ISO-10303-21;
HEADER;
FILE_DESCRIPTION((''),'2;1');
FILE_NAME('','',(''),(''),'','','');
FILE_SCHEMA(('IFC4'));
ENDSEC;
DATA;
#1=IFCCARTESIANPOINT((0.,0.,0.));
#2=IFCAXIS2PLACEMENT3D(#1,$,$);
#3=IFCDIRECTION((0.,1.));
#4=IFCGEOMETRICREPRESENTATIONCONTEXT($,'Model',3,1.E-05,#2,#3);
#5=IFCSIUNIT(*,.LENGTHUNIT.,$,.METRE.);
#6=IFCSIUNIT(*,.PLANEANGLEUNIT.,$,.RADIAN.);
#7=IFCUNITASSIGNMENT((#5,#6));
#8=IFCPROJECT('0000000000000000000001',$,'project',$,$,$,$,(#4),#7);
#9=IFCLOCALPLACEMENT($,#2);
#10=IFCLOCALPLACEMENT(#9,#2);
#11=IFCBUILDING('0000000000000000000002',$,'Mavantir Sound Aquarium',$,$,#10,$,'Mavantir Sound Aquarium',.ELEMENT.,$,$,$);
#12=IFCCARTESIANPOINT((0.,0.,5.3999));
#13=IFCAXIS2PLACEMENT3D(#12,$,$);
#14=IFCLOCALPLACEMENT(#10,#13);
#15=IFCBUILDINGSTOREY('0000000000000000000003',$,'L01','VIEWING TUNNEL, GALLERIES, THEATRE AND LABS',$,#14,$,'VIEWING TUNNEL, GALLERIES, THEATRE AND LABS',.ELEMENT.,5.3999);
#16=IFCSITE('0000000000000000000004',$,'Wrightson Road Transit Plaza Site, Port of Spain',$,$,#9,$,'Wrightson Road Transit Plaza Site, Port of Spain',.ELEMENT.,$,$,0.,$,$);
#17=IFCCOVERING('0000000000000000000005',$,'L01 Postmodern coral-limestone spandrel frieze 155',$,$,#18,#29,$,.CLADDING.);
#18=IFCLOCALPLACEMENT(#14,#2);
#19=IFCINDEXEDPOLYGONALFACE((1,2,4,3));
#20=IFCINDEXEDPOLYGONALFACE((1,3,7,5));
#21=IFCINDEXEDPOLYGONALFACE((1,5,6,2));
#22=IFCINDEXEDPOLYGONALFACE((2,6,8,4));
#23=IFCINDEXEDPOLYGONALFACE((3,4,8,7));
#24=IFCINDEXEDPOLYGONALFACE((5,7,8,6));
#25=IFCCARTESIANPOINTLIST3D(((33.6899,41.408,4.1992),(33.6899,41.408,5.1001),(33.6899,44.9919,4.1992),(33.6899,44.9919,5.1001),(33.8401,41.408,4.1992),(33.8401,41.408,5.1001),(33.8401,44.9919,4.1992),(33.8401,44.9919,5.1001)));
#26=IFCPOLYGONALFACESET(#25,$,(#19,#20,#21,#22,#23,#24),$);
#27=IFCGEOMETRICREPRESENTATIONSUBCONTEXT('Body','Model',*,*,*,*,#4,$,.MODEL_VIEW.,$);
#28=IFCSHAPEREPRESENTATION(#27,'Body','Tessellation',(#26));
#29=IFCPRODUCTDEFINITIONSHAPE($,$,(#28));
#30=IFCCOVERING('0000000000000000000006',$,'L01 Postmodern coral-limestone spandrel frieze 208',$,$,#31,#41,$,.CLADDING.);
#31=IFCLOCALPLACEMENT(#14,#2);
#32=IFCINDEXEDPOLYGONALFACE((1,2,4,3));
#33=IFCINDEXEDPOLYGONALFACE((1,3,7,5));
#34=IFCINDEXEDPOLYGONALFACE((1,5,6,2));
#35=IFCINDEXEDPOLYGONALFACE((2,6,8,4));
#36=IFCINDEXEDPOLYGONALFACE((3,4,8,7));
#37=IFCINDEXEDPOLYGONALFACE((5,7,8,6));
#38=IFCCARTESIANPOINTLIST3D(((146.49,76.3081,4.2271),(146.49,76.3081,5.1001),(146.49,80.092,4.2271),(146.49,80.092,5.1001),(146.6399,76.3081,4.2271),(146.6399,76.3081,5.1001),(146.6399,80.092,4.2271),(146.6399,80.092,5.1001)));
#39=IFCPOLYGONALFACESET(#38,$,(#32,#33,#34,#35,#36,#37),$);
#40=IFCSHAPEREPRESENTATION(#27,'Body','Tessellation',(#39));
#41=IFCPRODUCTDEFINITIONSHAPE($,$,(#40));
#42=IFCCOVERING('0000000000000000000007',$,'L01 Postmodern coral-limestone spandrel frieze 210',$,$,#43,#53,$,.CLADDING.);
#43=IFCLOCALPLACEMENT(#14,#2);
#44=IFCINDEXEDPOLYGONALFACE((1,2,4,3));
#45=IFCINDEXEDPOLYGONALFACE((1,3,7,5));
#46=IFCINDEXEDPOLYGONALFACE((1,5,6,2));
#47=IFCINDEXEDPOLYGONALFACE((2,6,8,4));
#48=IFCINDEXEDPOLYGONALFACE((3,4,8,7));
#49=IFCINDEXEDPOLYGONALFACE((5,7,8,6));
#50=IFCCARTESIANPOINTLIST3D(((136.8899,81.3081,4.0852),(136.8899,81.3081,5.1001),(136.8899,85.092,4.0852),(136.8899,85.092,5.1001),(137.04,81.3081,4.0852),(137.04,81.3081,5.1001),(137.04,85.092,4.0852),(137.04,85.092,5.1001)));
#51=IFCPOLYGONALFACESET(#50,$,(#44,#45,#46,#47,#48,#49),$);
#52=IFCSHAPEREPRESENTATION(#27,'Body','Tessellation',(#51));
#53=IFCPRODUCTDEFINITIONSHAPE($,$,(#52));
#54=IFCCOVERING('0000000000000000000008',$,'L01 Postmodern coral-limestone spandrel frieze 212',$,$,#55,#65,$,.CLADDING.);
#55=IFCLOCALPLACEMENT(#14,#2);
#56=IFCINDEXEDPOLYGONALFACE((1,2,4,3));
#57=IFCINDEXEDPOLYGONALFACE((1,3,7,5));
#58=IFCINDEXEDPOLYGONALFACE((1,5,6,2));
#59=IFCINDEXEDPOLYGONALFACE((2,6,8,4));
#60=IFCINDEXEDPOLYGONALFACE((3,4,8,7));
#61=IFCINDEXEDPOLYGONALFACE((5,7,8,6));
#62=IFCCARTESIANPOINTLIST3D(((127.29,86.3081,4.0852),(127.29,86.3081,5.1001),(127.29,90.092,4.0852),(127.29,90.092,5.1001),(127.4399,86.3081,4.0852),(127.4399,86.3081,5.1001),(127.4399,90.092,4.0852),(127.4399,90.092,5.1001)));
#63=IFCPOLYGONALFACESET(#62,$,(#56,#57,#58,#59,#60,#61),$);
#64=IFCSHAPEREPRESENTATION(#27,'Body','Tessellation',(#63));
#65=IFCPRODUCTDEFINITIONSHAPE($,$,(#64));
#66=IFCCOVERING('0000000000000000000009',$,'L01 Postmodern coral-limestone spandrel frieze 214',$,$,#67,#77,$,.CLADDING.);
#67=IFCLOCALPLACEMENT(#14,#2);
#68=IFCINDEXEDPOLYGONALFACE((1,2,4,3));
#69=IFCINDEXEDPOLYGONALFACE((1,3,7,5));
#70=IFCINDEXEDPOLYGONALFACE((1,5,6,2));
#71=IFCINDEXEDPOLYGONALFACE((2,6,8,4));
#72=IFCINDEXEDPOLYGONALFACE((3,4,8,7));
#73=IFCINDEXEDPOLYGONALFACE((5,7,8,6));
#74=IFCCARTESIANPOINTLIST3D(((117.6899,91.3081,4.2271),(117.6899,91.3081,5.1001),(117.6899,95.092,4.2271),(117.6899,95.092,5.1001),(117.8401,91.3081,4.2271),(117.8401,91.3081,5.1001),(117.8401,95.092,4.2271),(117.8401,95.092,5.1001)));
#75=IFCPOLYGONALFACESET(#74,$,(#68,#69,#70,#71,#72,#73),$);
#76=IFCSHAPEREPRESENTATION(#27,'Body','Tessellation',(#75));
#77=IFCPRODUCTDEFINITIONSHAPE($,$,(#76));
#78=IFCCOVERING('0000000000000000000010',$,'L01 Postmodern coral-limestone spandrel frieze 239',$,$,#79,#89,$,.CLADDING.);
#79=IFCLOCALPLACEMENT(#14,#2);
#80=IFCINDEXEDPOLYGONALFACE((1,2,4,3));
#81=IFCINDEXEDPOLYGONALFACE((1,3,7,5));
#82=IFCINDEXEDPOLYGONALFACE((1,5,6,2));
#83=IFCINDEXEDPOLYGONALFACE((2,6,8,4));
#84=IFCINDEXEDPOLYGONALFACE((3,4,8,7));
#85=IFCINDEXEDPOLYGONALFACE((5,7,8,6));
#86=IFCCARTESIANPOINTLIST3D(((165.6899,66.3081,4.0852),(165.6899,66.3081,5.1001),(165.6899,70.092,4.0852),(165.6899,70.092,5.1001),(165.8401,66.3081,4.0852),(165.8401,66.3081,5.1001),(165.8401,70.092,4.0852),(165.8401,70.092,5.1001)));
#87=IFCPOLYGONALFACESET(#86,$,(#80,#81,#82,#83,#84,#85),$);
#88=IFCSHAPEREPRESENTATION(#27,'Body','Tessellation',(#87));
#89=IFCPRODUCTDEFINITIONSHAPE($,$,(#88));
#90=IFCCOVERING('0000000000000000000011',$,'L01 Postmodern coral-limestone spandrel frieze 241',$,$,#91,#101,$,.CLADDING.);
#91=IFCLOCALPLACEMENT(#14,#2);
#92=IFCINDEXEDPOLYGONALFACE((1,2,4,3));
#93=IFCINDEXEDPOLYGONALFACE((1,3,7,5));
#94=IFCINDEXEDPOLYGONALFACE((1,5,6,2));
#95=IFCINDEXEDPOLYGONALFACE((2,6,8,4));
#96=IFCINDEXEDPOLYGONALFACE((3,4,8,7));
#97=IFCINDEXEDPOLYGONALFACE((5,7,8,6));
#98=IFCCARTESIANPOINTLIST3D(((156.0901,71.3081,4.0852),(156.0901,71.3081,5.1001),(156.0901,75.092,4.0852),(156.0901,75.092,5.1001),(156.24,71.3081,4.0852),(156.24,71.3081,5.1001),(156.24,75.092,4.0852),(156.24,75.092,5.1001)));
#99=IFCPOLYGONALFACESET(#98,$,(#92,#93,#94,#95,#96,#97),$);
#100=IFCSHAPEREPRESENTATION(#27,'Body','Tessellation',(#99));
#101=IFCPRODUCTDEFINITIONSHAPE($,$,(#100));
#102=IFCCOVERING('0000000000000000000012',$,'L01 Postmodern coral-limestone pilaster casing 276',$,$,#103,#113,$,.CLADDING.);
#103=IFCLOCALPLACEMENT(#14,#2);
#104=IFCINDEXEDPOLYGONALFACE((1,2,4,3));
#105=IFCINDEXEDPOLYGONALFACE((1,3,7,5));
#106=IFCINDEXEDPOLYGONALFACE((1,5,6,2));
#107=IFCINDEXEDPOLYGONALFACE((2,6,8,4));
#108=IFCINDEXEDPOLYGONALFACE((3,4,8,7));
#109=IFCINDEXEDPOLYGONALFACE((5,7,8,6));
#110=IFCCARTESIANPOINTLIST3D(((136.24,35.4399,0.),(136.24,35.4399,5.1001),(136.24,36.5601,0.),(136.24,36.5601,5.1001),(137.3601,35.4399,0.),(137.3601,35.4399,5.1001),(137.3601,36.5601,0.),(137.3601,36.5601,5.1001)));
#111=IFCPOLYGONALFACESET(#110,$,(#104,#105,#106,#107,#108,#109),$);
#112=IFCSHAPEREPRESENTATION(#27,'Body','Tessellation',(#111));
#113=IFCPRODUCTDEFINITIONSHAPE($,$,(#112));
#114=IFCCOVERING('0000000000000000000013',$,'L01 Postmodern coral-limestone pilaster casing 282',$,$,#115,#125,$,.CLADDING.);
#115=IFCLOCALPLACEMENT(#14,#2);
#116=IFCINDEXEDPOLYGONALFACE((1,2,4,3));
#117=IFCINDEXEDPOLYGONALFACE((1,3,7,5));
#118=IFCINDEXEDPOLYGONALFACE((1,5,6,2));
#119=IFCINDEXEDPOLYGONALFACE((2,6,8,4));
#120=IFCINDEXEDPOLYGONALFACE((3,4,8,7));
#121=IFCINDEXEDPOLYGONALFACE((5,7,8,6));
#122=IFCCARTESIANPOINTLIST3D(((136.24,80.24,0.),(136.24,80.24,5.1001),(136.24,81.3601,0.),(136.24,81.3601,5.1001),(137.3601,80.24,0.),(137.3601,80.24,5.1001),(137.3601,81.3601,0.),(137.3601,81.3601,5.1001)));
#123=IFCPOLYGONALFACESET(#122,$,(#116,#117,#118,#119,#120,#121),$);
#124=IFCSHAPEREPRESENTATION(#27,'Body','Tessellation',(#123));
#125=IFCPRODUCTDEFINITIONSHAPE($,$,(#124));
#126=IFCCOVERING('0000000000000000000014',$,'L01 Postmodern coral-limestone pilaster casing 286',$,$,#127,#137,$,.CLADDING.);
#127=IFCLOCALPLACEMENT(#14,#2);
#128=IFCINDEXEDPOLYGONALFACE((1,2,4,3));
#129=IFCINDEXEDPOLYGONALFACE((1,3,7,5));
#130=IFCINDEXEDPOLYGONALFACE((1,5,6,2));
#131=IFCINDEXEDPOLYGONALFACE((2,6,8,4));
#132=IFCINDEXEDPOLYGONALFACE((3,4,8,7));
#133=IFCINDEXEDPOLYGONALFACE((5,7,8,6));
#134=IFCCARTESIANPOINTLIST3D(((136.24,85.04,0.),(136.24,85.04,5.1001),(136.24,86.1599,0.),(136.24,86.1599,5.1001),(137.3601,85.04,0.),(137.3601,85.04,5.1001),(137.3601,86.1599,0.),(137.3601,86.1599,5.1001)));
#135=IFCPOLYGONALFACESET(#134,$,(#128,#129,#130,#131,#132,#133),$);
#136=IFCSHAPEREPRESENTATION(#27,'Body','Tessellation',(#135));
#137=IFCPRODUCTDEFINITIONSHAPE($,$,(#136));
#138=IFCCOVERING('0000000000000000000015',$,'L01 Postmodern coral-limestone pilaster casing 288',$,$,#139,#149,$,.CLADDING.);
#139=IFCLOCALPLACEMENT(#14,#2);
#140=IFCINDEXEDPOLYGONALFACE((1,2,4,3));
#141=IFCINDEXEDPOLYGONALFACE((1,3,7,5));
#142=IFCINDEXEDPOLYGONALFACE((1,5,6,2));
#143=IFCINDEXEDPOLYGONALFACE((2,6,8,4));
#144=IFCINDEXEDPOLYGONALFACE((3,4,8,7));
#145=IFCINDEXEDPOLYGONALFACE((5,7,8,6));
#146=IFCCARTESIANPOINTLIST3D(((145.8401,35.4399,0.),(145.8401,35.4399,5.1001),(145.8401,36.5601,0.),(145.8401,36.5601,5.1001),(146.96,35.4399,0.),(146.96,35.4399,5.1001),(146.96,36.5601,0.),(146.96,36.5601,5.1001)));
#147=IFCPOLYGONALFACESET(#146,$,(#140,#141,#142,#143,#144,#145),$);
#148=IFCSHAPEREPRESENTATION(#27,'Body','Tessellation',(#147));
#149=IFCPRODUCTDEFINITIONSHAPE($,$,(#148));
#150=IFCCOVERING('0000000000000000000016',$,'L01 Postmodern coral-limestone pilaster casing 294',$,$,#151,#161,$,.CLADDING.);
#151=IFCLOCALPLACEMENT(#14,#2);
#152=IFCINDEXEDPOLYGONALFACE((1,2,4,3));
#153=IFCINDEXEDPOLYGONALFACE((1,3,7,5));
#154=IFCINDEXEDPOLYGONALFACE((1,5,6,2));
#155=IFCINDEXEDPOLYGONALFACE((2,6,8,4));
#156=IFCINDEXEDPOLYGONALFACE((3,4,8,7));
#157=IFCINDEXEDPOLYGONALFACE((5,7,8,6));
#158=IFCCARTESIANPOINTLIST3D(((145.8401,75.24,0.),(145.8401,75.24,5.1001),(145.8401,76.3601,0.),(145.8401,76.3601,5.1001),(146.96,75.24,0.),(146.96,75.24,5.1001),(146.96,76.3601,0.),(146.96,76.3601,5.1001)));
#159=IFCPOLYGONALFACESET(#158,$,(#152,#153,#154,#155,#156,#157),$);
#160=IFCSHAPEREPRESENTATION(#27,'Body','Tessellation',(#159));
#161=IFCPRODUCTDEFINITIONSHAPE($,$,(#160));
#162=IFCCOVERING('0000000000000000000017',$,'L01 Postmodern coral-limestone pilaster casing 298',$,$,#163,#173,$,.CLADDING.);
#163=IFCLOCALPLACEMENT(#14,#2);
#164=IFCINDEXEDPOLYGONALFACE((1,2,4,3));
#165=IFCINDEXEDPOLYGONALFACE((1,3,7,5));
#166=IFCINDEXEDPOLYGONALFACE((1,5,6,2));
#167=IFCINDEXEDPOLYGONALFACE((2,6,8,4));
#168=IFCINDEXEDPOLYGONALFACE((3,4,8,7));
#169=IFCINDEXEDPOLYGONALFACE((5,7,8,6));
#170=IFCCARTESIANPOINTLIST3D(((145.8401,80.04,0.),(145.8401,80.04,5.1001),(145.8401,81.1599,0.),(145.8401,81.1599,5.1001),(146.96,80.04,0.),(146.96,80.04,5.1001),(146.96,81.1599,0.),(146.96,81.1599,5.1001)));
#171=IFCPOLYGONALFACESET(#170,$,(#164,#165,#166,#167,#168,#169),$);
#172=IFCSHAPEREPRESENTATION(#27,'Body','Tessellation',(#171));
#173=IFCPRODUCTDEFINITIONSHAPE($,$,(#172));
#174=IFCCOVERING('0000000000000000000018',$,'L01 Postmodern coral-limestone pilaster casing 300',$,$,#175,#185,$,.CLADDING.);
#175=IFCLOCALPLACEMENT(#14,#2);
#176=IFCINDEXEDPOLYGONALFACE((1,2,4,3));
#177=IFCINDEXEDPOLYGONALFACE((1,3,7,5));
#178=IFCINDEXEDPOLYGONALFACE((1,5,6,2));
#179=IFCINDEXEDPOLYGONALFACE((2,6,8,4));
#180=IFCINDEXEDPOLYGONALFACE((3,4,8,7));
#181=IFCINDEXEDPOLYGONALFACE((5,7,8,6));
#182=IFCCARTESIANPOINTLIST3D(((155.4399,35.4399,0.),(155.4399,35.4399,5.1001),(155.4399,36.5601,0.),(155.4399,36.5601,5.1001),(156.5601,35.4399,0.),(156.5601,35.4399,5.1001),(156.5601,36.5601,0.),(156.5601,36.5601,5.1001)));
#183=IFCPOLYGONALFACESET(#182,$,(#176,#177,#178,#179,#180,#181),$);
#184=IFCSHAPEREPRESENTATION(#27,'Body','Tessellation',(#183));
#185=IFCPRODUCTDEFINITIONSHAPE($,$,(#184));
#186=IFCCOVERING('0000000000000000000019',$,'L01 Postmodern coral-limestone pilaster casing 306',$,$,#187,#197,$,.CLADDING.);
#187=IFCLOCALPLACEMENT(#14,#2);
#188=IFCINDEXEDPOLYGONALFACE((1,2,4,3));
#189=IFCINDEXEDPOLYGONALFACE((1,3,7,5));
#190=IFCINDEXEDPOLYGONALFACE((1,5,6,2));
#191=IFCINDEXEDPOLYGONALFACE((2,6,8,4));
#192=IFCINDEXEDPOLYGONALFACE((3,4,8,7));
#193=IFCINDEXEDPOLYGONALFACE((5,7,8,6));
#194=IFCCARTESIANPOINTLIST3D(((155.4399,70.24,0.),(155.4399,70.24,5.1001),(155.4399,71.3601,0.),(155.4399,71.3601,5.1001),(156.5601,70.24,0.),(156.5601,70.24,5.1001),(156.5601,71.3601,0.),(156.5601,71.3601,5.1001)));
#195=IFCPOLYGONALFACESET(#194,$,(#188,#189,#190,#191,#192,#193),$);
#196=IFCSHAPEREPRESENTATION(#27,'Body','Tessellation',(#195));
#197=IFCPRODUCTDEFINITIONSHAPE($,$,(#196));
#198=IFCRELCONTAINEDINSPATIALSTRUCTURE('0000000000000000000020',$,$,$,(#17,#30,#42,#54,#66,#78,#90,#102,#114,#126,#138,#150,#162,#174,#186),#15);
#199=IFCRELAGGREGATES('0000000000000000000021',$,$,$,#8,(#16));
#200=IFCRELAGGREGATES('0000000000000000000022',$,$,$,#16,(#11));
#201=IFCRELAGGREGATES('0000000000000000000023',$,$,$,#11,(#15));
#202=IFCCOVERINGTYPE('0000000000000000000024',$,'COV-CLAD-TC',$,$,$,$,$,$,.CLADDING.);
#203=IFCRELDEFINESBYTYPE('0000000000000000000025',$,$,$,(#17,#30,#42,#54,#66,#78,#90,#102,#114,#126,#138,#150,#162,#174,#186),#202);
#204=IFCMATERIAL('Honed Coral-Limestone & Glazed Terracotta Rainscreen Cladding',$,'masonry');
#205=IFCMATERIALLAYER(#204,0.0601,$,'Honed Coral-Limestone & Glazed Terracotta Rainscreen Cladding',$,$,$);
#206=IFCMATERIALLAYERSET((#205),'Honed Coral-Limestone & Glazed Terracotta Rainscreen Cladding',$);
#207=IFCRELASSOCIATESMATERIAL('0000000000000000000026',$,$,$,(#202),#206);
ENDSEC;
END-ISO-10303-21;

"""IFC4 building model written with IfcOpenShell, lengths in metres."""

from ifc_helpers import new_model, si_unit, direction, frame, origin, place, context, subcontext, project, spatial, polyline, outline, extrude, material, layer, layer_set, type_object, element, save


model = new_model("IFC4")

# Units and contexts
model_context = context("Model", 3, precision=1e-05, world=origin(), true_north=direction((0.0, 1.0)))
body_context = subcontext(model_context, "Body", "Model", "MODEL_VIEW")
ifc_project = project(units=[si_unit("LENGTHUNIT", "METRE"), si_unit("PLANEANGLEUNIT", "RADIAN")], contexts=[model_context])

# Site, building, storey
site_placement = place(None, origin())
site = spatial("IfcSite", under=ifc_project, at=site_placement, Name="Wrightson Road Transit Plaza Site, Port of Spain", LongName="Wrightson Road Transit Plaza Site, Port of Spain", CompositionType="ELEMENT", RefElevation=0.0)
building_placement = place(site_placement, origin())
building = spatial("IfcBuilding", under=site, at=building_placement, Name="Mavantir Sound Aquarium", LongName="Mavantir Sound Aquarium", CompositionType="ELEMENT")
storey_placement = place(building_placement, frame((0.0, 0.0, 5.3999)))
storey = spatial("IfcBuildingStorey", under=building, at=storey_placement, Name="L01", Description="VIEWING TUNNEL, GALLERIES, THEATRE AND LABS", LongName="VIEWING TUNNEL, GALLERIES, THEATRE AND LABS", CompositionType="ELEMENT", Elevation=5.3999)

# Coverings
ifc_material = material(Name="Honed Coral-Limestone & Glazed Terracotta Rainscreen Cladding", Category="masonry")
ifc_layer = layer(ifc_material, 0.0601, Name="Honed Coral-Limestone & Glazed Terracotta Rainscreen Cladding")
ifc_layer_set = layer_set([ifc_layer], Name="Honed Coral-Limestone & Glazed Terracotta Rainscreen Cladding")
covering_type = type_object("IfcCoveringType", Name="COV-CLAD-TC", PredefinedType="CLADDING", material=ifc_layer_set)
covering_1_placement = place(storey_placement, frame((0.0, 0.0, 4.1992)))
element("IfcCovering", 1, at=covering_1_placement, inside=storey, type_object=covering_type, Name="L01 Postmodern coral-limestone spandrel frieze 155", PredefinedType="CLADDING", context=body_context, shape_type="SweptSolid", body=[
    extrude(outline(polyline([(33.6899, 41.408), (33.6899, 44.9919), (33.8401, 44.9919), (33.8401, 41.408), (33.6899, 41.408)])), origin(), (0.0, 0.0, 1.0), 0.9009),
])
covering_2_placement = place(storey_placement, frame((0.0, 0.0, 4.2271)))
element("IfcCovering", 2, at=covering_2_placement, inside=storey, type_object=covering_type, Name="L01 Postmodern coral-limestone spandrel frieze 208", PredefinedType="CLADDING", context=body_context, shape_type="SweptSolid", body=[
    extrude(outline(polyline([(146.49, 76.3081), (146.49, 80.092), (146.6399, 80.092), (146.6399, 76.3081), (146.49, 76.3081)])), origin(), (0.0, 0.0, 1.0), 0.873),
])
covering_3_placement = place(storey_placement, frame((0.0, 0.0, 4.0852)))
element("IfcCovering", 3, at=covering_3_placement, inside=storey, type_object=covering_type, Name="L01 Postmodern coral-limestone spandrel frieze 210", PredefinedType="CLADDING", context=body_context, shape_type="SweptSolid", body=[
    extrude(outline(polyline([(136.8899, 81.3081), (136.8899, 85.092), (137.04, 85.092), (137.04, 81.3081), (136.8899, 81.3081)])), origin(), (0.0, 0.0, 1.0), 1.0149),
])
covering_4_placement = place(storey_placement, frame((0.0, 0.0, 4.0852)))
element("IfcCovering", 4, at=covering_4_placement, inside=storey, type_object=covering_type, Name="L01 Postmodern coral-limestone spandrel frieze 212", PredefinedType="CLADDING", context=body_context, shape_type="SweptSolid", body=[
    extrude(outline(polyline([(127.29, 86.3081), (127.29, 90.092), (127.4399, 90.092), (127.4399, 86.3081), (127.29, 86.3081)])), origin(), (0.0, 0.0, 1.0), 1.0149),
])
covering_5_placement = place(storey_placement, frame((0.0, 0.0, 4.2271)))
element("IfcCovering", 5, at=covering_5_placement, inside=storey, type_object=covering_type, Name="L01 Postmodern coral-limestone spandrel frieze 214", PredefinedType="CLADDING", context=body_context, shape_type="SweptSolid", body=[
    extrude(outline(polyline([(117.6899, 91.3081), (117.6899, 95.092), (117.8401, 95.092), (117.8401, 91.3081), (117.6899, 91.3081)])), origin(), (0.0, 0.0, 1.0), 0.873),
])
covering_6_placement = place(storey_placement, frame((0.0, 0.0, 4.0852)))
element("IfcCovering", 6, at=covering_6_placement, inside=storey, type_object=covering_type, Name="L01 Postmodern coral-limestone spandrel frieze 239", PredefinedType="CLADDING", context=body_context, shape_type="SweptSolid", body=[
    extrude(outline(polyline([(165.6899, 66.3081), (165.6899, 70.092), (165.8401, 70.092), (165.8401, 66.3081), (165.6899, 66.3081)])), origin(), (0.0, 0.0, 1.0), 1.0149),
])
covering_7_placement = place(storey_placement, frame((0.0, 0.0, 4.0852)))
element("IfcCovering", 7, at=covering_7_placement, inside=storey, type_object=covering_type, Name="L01 Postmodern coral-limestone spandrel frieze 241", PredefinedType="CLADDING", context=body_context, shape_type="SweptSolid", body=[
    extrude(outline(polyline([(156.0901, 71.3081), (156.0901, 75.092), (156.24, 75.092), (156.24, 71.3081), (156.0901, 71.3081)])), origin(), (0.0, 0.0, 1.0), 1.0149),
])
covering_8_placement = place(storey_placement, origin())
element("IfcCovering", 8, at=covering_8_placement, inside=storey, type_object=covering_type, Name="L01 Postmodern coral-limestone pilaster casing 276", PredefinedType="CLADDING", context=body_context, shape_type="SweptSolid", body=[
    extrude(outline(polyline([(136.24, 35.4399), (137.3601, 35.4399), (137.3601, 36.5601), (136.24, 36.5601), (136.24, 35.4399)])), origin(), (0.0, 0.0, 1.0), 5.1001),
])
covering_9_placement = place(storey_placement, origin())
element("IfcCovering", 9, at=covering_9_placement, inside=storey, type_object=covering_type, Name="L01 Postmodern coral-limestone pilaster casing 282", PredefinedType="CLADDING", context=body_context, shape_type="SweptSolid", body=[
    extrude(outline(polyline([(136.24, 80.24), (137.3601, 80.24), (137.3601, 81.3601), (136.24, 81.3601), (136.24, 80.24)])), origin(), (0.0, 0.0, 1.0), 5.1001),
])
covering_10_placement = place(storey_placement, origin())
element("IfcCovering", 10, at=covering_10_placement, inside=storey, type_object=covering_type, Name="L01 Postmodern coral-limestone pilaster casing 286", PredefinedType="CLADDING", context=body_context, shape_type="SweptSolid", body=[
    extrude(outline(polyline([(136.24, 85.04), (137.3601, 85.04), (137.3601, 86.1599), (136.24, 86.1599), (136.24, 85.04)])), origin(), (0.0, 0.0, 1.0), 5.1001),
])
covering_11_placement = place(storey_placement, origin())
element("IfcCovering", 11, at=covering_11_placement, inside=storey, type_object=covering_type, Name="L01 Postmodern coral-limestone pilaster casing 288", PredefinedType="CLADDING", context=body_context, shape_type="SweptSolid", body=[
    extrude(outline(polyline([(145.8401, 35.4399), (146.96, 35.4399), (146.96, 36.5601), (145.8401, 36.5601), (145.8401, 35.4399)])), origin(), (0.0, 0.0, 1.0), 5.1001),
])
covering_12_placement = place(storey_placement, origin())
element("IfcCovering", 12, at=covering_12_placement, inside=storey, type_object=covering_type, Name="L01 Postmodern coral-limestone pilaster casing 294", PredefinedType="CLADDING", context=body_context, shape_type="SweptSolid", body=[
    extrude(outline(polyline([(145.8401, 75.24), (146.96, 75.24), (146.96, 76.3601), (145.8401, 76.3601), (145.8401, 75.24)])), origin(), (0.0, 0.0, 1.0), 5.1001),
])
covering_13_placement = place(storey_placement, origin())
element("IfcCovering", 13, at=covering_13_placement, inside=storey, type_object=covering_type, Name="L01 Postmodern coral-limestone pilaster casing 298", PredefinedType="CLADDING", context=body_context, shape_type="SweptSolid", body=[
    extrude(outline(polyline([(145.8401, 80.04), (146.96, 80.04), (146.96, 81.1599), (145.8401, 81.1599), (145.8401, 80.04)])), origin(), (0.0, 0.0, 1.0), 5.1001),
])
covering_14_placement = place(storey_placement, origin())
element("IfcCovering", 14, at=covering_14_placement, inside=storey, type_object=covering_type, Name="L01 Postmodern coral-limestone pilaster casing 300", PredefinedType="CLADDING", context=body_context, shape_type="SweptSolid", body=[
    extrude(outline(polyline([(155.4399, 35.4399), (156.5601, 35.4399), (156.5601, 36.5601), (155.4399, 36.5601), (155.4399, 35.4399)])), origin(), (0.0, 0.0, 1.0), 5.1001),
])
covering_15_placement = place(storey_placement, origin())
element("IfcCovering", 15, at=covering_15_placement, inside=storey, type_object=covering_type, Name="L01 Postmodern coral-limestone pilaster casing 306", PredefinedType="CLADDING", context=body_context, shape_type="SweptSolid", body=[
    extrude(outline(polyline([(155.4399, 70.24), (156.5601, 70.24), (156.5601, 71.3601), (155.4399, 71.3601), (155.4399, 70.24)])), origin(), (0.0, 0.0, 1.0), 5.1001),
])

save(model, "model.ifc")
